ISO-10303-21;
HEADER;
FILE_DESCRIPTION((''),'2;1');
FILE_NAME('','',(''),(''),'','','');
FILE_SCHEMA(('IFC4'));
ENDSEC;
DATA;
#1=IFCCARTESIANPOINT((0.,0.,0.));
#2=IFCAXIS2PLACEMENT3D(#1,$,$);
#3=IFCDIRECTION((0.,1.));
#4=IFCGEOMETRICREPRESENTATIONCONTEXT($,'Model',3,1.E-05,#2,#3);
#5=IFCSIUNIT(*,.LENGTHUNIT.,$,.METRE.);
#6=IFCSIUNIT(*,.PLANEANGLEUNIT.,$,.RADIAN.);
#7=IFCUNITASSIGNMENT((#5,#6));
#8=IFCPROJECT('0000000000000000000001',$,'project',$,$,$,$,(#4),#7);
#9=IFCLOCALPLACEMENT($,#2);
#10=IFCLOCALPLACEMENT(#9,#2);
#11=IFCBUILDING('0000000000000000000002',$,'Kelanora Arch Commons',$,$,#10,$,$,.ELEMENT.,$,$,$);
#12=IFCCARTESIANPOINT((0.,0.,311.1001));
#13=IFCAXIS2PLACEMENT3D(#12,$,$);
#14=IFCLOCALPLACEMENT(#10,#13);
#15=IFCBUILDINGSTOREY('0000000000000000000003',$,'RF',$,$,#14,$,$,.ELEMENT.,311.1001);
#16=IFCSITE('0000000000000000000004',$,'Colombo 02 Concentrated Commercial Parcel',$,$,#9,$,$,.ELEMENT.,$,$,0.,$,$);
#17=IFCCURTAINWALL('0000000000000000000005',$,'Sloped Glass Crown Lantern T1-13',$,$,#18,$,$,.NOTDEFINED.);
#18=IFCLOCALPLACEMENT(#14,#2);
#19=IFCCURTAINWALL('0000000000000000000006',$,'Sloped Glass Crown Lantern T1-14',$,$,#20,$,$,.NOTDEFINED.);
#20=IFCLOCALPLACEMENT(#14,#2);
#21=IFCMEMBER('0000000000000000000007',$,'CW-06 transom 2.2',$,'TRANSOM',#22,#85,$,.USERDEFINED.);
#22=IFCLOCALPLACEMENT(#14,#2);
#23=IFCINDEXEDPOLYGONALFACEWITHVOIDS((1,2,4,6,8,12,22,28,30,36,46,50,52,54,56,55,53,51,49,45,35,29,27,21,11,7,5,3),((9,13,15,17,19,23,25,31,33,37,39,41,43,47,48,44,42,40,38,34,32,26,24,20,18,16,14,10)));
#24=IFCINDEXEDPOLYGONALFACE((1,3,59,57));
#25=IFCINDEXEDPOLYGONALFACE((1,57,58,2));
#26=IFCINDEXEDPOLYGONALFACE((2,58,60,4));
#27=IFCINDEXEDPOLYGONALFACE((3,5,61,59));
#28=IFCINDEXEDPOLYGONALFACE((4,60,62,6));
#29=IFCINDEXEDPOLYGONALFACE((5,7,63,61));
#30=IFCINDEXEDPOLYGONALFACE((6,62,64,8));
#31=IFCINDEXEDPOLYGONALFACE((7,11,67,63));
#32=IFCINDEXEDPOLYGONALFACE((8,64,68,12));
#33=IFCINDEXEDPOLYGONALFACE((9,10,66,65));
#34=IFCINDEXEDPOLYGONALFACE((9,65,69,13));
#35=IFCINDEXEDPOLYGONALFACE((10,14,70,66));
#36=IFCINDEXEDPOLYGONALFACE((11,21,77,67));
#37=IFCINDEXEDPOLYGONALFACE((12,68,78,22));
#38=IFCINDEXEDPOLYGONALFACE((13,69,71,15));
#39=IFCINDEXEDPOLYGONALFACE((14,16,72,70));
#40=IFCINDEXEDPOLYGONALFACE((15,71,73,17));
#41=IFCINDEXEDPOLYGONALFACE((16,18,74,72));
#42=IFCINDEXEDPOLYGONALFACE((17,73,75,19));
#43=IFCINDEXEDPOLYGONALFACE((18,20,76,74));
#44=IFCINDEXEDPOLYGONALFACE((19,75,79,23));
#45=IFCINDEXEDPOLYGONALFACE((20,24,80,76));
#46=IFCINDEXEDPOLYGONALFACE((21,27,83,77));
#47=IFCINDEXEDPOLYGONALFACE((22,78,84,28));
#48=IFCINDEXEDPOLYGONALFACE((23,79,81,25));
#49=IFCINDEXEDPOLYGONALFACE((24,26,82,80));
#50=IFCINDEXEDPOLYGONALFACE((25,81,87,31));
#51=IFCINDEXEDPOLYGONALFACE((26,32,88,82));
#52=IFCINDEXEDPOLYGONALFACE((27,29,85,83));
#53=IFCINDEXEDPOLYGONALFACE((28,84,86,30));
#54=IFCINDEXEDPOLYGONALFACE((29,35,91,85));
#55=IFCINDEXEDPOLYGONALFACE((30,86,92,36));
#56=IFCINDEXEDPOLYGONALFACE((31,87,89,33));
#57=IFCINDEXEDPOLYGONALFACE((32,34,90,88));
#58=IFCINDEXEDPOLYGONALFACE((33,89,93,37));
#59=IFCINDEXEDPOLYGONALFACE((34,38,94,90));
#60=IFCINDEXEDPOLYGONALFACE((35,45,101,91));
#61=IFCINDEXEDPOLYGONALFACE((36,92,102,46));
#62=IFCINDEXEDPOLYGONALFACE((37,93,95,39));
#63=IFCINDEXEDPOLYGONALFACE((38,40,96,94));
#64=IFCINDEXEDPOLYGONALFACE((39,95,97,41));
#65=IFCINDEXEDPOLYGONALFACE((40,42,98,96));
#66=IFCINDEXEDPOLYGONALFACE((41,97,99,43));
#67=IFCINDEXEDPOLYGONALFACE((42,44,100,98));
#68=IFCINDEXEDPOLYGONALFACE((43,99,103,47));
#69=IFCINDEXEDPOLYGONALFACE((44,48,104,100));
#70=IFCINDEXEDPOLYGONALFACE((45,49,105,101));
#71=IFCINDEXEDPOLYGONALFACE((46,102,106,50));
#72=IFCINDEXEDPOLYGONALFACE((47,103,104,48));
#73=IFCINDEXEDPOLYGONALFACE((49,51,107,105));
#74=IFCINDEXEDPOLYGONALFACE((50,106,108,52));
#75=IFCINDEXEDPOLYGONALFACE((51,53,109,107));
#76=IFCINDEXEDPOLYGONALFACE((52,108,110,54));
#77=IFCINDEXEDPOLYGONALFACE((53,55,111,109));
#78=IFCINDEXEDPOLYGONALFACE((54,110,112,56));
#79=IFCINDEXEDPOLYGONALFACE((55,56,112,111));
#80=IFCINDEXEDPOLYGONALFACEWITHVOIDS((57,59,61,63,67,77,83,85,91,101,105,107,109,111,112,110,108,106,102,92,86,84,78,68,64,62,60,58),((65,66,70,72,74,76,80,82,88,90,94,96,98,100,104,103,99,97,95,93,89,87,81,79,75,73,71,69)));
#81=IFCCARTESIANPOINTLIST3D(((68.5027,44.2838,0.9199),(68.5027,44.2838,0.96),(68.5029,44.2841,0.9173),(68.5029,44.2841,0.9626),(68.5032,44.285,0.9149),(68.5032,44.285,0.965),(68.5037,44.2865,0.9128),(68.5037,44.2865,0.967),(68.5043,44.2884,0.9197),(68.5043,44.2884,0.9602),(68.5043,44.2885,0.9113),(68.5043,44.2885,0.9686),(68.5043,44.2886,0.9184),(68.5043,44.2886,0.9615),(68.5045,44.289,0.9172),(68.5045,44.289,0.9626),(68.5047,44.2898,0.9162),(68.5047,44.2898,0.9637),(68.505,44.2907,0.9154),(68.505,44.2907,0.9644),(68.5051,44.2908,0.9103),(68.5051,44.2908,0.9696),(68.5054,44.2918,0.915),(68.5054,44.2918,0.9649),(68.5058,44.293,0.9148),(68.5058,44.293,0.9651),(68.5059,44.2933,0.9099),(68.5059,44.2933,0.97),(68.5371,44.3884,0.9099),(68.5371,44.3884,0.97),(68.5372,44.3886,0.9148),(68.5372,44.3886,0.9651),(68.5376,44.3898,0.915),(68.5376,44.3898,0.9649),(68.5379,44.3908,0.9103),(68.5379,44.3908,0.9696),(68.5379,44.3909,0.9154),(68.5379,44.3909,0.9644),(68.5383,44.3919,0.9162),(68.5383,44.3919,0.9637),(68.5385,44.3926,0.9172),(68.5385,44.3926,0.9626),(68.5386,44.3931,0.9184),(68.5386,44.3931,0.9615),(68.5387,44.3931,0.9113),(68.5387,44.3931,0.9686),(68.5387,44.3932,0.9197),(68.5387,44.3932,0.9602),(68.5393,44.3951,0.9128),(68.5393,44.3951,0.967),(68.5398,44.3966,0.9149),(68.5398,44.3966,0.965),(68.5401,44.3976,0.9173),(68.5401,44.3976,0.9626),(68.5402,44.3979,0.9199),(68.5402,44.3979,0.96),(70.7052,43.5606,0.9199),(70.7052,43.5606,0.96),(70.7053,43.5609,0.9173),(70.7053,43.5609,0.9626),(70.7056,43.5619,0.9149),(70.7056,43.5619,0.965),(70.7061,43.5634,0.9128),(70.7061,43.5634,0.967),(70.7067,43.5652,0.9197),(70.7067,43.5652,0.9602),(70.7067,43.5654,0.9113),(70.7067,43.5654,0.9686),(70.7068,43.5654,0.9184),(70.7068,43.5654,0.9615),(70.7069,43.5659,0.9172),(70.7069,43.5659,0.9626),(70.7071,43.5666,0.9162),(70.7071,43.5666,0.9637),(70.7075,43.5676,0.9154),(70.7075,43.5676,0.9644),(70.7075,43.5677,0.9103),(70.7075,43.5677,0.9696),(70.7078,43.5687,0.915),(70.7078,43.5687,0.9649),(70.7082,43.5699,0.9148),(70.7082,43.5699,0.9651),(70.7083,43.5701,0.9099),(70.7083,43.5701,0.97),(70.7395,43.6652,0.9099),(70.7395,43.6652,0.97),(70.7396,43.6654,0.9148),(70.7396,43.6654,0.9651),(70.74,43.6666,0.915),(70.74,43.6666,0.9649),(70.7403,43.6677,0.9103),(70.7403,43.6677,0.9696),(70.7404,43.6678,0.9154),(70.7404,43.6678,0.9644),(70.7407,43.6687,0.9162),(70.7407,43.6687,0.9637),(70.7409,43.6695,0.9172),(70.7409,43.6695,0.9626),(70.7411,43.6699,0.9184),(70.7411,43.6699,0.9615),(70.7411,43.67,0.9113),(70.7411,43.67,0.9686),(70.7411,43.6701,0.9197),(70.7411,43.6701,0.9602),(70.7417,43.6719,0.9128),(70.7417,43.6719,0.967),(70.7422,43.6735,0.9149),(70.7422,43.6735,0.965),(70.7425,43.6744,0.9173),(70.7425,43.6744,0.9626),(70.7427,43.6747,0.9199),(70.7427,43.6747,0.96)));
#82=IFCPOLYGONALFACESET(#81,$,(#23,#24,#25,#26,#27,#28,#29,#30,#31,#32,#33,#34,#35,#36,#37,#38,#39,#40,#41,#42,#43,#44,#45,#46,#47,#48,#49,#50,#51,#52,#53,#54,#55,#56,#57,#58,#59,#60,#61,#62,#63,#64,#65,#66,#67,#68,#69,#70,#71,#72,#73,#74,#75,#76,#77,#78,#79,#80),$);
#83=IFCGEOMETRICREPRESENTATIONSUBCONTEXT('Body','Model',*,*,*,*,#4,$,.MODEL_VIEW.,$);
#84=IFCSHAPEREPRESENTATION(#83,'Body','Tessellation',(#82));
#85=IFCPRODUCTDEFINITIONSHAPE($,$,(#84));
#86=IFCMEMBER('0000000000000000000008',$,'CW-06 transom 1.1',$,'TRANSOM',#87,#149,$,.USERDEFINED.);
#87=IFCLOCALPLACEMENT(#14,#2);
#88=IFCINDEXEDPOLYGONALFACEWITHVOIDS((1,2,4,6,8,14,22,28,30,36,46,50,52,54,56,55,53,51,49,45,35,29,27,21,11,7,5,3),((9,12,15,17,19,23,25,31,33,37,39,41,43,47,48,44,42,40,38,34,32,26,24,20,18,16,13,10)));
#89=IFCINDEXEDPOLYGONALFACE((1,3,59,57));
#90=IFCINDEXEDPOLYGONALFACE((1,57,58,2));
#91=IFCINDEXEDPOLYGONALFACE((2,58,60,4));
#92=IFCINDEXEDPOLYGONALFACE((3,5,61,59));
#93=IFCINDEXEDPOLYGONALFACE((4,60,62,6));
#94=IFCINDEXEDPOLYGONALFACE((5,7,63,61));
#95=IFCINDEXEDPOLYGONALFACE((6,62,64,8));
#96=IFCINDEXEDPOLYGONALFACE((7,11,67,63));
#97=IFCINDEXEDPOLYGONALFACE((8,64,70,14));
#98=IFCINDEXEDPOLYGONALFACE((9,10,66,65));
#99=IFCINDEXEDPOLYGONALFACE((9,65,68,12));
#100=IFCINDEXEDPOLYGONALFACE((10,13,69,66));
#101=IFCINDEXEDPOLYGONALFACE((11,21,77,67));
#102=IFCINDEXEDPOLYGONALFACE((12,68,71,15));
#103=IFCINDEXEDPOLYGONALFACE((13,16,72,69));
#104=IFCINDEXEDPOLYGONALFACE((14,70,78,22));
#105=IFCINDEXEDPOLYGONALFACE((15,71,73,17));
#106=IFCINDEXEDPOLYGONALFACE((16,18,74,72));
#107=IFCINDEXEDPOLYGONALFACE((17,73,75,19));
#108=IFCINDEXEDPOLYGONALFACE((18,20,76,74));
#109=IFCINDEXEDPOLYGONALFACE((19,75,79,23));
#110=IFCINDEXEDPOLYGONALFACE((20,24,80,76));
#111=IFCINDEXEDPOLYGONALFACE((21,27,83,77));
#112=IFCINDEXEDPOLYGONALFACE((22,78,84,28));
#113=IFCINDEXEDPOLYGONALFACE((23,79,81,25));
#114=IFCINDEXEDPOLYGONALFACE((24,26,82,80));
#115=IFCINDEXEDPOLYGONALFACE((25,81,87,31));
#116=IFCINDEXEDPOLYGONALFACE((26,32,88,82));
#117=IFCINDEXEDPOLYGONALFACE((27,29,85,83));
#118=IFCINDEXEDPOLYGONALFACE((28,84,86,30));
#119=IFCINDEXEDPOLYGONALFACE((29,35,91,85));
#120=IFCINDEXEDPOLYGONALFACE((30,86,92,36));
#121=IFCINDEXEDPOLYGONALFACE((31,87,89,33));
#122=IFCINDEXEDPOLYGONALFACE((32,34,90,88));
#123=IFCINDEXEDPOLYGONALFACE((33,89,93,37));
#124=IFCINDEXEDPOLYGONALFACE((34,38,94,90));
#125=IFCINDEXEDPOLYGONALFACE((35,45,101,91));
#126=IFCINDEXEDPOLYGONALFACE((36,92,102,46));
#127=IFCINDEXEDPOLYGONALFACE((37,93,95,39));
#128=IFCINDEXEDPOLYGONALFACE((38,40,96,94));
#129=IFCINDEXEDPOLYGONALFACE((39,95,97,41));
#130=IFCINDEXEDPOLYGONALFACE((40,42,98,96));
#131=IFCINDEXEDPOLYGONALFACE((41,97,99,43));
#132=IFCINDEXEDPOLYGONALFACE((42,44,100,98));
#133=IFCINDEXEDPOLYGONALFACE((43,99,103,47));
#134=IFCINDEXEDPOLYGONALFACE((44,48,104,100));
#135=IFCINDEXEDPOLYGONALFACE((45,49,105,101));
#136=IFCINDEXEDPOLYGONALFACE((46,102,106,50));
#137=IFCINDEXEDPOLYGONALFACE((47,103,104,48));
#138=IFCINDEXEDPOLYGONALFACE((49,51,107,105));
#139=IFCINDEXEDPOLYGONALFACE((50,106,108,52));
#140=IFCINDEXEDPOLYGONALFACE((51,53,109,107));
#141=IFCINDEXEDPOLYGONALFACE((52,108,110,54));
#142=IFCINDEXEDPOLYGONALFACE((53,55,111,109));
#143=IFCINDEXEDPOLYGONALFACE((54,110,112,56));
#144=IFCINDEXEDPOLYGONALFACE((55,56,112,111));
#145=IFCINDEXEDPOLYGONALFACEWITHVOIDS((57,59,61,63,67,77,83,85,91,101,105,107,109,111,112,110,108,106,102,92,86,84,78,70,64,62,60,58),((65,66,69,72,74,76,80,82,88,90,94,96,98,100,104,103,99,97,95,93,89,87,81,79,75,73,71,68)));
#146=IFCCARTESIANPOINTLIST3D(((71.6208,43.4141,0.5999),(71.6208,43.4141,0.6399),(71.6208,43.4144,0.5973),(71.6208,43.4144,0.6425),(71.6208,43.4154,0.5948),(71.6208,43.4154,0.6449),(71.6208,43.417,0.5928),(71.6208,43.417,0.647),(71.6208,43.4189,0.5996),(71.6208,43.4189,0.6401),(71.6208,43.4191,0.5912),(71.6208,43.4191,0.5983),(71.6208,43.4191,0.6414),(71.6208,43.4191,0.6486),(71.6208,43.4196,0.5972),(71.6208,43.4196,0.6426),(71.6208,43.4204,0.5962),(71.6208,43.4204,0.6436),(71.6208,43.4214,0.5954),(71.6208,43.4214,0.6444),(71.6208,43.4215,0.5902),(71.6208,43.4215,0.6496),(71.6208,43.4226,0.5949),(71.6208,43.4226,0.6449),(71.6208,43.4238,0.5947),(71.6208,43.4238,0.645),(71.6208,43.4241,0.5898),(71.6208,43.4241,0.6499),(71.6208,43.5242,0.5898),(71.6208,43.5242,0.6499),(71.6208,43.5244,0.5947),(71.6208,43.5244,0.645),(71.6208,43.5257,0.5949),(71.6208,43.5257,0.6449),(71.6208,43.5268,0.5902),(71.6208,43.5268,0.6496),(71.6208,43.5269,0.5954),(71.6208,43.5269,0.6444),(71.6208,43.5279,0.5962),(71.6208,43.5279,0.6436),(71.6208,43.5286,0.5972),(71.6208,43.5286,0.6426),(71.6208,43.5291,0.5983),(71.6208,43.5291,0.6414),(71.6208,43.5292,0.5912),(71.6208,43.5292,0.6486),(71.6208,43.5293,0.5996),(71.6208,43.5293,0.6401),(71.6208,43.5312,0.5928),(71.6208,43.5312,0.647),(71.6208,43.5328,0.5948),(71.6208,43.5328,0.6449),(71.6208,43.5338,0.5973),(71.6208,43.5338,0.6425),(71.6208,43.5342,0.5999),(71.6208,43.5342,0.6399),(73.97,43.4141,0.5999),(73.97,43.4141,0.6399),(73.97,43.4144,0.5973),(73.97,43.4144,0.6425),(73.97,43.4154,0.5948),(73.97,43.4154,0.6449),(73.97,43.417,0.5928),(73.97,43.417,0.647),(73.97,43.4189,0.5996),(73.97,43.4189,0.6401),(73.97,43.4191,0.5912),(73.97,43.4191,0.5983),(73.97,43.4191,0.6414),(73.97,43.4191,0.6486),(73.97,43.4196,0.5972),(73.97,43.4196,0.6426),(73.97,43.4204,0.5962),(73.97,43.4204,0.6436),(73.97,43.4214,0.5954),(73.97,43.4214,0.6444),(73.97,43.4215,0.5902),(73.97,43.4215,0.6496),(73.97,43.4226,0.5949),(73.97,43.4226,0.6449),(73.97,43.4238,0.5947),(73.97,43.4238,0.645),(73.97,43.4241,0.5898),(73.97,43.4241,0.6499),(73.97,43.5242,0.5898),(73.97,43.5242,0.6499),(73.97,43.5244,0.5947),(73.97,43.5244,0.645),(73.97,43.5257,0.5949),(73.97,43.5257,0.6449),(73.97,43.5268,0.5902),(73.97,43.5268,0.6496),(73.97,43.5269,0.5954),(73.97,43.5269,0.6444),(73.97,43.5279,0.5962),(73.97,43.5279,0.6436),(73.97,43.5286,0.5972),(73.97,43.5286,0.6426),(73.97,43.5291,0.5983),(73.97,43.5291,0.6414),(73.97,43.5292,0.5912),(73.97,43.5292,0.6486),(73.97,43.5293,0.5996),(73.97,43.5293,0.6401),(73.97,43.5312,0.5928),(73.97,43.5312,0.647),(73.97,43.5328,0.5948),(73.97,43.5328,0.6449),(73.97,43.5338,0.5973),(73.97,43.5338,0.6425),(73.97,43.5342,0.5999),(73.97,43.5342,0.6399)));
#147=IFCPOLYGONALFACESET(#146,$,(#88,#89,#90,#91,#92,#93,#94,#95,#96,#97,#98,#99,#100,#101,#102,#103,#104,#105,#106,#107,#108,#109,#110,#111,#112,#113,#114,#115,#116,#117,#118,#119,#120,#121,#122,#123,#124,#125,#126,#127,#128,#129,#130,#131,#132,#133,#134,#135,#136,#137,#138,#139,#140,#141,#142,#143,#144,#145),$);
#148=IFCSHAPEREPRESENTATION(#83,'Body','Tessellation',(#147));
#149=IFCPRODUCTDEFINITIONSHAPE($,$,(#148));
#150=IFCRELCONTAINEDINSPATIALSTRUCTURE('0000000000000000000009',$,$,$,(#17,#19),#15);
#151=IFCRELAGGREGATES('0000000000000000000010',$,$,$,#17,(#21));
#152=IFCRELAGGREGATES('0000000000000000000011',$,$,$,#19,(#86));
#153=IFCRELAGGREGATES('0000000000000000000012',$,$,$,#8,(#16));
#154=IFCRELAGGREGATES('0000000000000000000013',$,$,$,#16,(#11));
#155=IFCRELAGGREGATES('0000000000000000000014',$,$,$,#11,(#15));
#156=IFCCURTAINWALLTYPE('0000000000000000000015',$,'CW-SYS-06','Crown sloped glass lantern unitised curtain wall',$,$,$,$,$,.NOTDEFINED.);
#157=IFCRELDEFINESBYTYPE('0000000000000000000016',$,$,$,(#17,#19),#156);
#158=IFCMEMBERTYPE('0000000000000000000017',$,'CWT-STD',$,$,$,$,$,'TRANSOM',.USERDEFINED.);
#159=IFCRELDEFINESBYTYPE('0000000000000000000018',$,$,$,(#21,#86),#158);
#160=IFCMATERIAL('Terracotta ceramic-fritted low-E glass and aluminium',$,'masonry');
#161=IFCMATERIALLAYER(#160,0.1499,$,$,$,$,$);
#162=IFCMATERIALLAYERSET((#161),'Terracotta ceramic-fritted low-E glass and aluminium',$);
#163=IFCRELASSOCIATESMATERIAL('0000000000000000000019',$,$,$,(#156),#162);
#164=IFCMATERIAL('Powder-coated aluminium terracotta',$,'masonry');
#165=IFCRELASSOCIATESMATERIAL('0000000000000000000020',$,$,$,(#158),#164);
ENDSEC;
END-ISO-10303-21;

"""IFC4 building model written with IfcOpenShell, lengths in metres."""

from ifc_helpers import new_model, si_unit, direction, frame, origin, origin_2d, place, context, subcontext, project, spatial, hollow_rectangle, extrude, material, layer, layer_set, material_profile, profile_set, type_object, element, aggregate, save


model = new_model("IFC4")

# Units and contexts
model_context = context("Model", 3, precision=1e-05, world=origin(), true_north=direction((0.0, 1.0)))
body_context = subcontext(model_context, "Body", "Model", "MODEL_VIEW")
ifc_project = project(units=[si_unit("LENGTHUNIT", "METRE"), si_unit("PLANEANGLEUNIT", "RADIAN")], contexts=[model_context])

# Site, building, storey
site_placement = place(None, origin())
site = spatial("IfcSite", under=ifc_project, at=site_placement, Name="Colombo 02 Concentrated Commercial Parcel", CompositionType="ELEMENT", RefElevation=0.0)
building_placement = place(site_placement, origin())
building = spatial("IfcBuilding", under=site, at=building_placement, Name="Kelanora Arch Commons", CompositionType="ELEMENT")
storey_placement = place(building_placement, frame((0.0, 0.0, 311.1001)))
storey = spatial("IfcBuildingStorey", under=building, at=storey_placement, Name="RF", CompositionType="ELEMENT", Elevation=311.1001)

# Curtain wall
ifc_material_1 = material(Name="Terracotta ceramic-fritted low-E glass and aluminium", Category="masonry")
ifc_layer_1 = layer(ifc_material_1, 0.1499)
ifc_layer_set_1 = layer_set([ifc_layer_1], Name="Terracotta ceramic-fritted low-E glass and aluminium")
curtain_wall_type = type_object("IfcCurtainWallType", Name="CW-SYS-06", Description="Crown sloped glass lantern unitised curtain wall", PredefinedType="NOTDEFINED", material=ifc_layer_set_1)
curtain_wall_1_placement = place(storey_placement, origin())
curtain_wall_1 = element("IfcCurtainWall", 1, at=curtain_wall_1_placement, inside=storey, type_object=curtain_wall_type, Name="Sloped Glass Crown Lantern T1-13", PredefinedType="NOTDEFINED")
ifc_material_2 = material(Name="Powder-coated aluminium terracotta", Category="masonry")

# Curtain wall
curtain_wall_2_placement = place(storey_placement, origin())
curtain_wall_2 = element("IfcCurtainWall", 2, at=curtain_wall_2_placement, inside=storey, type_object=curtain_wall_type, Name="Sloped Glass Crown Lantern T1-14", PredefinedType="NOTDEFINED")

# Members
ifc_material_profile_1 = material_profile(ifc_material_2, hollow_rectangle(XDim=0.1201, YDim=0.0601, WallThickness=0.0049, InnerFilletRadius=0.0049, OuterFilletRadius=0.01, at=origin_2d()), Name="CWT120x60")
ifc_profile_set_1 = profile_set([ifc_material_profile_1], Name="Powder-coated aluminium terracotta")
member_type_1 = type_object("IfcMemberType", Name="CWT-STD", ElementType="TRANSOM", PredefinedType="USERDEFINED", material=ifc_profile_set_1)
member_1_placement = place(storey_placement, frame((68.5215, 44.3408, 0.9399), z_axis=(0.950096, -0.311959, 0.0), x_axis=(0.311959, 0.950096, 0.0)))
member_1 = element("IfcMember", 3, at=member_1_placement, type_object=member_type_1, Name="CW-06 transom 2.2", ObjectType="TRANSOM", PredefinedType="USERDEFINED", context=body_context, shape_type="SweptSolid", body=[
    extrude(hollow_rectangle(XDim=0.1201, YDim=0.0601, WallThickness=0.0049, InnerFilletRadius=0.0049, OuterFilletRadius=0.01, at=origin_2d()), origin(), (0.0, 0.0, 1.0), 2.3181),
])
member_2_placement = place(storey_placement, frame((71.6208, 43.4741, 0.6199), z_axis=(1.0, 0.0, 0.0), x_axis=(0.0, 1.0, 0.0)))
member_2 = element("IfcMember", 4, at=member_2_placement, type_object=member_type_1, Name="CW-06 transom 1.1", ObjectType="TRANSOM", PredefinedType="USERDEFINED", context=body_context, shape_type="SweptSolid", body=[
    extrude(hollow_rectangle(XDim=0.1201, YDim=0.0601, WallThickness=0.0049, InnerFilletRadius=0.0049, OuterFilletRadius=0.01, at=origin_2d()), origin(), (0.0, 0.0, 1.0), 2.3491),
])

aggregate(curtain_wall_1, [member_1])
aggregate(curtain_wall_2, [member_2])

save(model, "model.ifc")
